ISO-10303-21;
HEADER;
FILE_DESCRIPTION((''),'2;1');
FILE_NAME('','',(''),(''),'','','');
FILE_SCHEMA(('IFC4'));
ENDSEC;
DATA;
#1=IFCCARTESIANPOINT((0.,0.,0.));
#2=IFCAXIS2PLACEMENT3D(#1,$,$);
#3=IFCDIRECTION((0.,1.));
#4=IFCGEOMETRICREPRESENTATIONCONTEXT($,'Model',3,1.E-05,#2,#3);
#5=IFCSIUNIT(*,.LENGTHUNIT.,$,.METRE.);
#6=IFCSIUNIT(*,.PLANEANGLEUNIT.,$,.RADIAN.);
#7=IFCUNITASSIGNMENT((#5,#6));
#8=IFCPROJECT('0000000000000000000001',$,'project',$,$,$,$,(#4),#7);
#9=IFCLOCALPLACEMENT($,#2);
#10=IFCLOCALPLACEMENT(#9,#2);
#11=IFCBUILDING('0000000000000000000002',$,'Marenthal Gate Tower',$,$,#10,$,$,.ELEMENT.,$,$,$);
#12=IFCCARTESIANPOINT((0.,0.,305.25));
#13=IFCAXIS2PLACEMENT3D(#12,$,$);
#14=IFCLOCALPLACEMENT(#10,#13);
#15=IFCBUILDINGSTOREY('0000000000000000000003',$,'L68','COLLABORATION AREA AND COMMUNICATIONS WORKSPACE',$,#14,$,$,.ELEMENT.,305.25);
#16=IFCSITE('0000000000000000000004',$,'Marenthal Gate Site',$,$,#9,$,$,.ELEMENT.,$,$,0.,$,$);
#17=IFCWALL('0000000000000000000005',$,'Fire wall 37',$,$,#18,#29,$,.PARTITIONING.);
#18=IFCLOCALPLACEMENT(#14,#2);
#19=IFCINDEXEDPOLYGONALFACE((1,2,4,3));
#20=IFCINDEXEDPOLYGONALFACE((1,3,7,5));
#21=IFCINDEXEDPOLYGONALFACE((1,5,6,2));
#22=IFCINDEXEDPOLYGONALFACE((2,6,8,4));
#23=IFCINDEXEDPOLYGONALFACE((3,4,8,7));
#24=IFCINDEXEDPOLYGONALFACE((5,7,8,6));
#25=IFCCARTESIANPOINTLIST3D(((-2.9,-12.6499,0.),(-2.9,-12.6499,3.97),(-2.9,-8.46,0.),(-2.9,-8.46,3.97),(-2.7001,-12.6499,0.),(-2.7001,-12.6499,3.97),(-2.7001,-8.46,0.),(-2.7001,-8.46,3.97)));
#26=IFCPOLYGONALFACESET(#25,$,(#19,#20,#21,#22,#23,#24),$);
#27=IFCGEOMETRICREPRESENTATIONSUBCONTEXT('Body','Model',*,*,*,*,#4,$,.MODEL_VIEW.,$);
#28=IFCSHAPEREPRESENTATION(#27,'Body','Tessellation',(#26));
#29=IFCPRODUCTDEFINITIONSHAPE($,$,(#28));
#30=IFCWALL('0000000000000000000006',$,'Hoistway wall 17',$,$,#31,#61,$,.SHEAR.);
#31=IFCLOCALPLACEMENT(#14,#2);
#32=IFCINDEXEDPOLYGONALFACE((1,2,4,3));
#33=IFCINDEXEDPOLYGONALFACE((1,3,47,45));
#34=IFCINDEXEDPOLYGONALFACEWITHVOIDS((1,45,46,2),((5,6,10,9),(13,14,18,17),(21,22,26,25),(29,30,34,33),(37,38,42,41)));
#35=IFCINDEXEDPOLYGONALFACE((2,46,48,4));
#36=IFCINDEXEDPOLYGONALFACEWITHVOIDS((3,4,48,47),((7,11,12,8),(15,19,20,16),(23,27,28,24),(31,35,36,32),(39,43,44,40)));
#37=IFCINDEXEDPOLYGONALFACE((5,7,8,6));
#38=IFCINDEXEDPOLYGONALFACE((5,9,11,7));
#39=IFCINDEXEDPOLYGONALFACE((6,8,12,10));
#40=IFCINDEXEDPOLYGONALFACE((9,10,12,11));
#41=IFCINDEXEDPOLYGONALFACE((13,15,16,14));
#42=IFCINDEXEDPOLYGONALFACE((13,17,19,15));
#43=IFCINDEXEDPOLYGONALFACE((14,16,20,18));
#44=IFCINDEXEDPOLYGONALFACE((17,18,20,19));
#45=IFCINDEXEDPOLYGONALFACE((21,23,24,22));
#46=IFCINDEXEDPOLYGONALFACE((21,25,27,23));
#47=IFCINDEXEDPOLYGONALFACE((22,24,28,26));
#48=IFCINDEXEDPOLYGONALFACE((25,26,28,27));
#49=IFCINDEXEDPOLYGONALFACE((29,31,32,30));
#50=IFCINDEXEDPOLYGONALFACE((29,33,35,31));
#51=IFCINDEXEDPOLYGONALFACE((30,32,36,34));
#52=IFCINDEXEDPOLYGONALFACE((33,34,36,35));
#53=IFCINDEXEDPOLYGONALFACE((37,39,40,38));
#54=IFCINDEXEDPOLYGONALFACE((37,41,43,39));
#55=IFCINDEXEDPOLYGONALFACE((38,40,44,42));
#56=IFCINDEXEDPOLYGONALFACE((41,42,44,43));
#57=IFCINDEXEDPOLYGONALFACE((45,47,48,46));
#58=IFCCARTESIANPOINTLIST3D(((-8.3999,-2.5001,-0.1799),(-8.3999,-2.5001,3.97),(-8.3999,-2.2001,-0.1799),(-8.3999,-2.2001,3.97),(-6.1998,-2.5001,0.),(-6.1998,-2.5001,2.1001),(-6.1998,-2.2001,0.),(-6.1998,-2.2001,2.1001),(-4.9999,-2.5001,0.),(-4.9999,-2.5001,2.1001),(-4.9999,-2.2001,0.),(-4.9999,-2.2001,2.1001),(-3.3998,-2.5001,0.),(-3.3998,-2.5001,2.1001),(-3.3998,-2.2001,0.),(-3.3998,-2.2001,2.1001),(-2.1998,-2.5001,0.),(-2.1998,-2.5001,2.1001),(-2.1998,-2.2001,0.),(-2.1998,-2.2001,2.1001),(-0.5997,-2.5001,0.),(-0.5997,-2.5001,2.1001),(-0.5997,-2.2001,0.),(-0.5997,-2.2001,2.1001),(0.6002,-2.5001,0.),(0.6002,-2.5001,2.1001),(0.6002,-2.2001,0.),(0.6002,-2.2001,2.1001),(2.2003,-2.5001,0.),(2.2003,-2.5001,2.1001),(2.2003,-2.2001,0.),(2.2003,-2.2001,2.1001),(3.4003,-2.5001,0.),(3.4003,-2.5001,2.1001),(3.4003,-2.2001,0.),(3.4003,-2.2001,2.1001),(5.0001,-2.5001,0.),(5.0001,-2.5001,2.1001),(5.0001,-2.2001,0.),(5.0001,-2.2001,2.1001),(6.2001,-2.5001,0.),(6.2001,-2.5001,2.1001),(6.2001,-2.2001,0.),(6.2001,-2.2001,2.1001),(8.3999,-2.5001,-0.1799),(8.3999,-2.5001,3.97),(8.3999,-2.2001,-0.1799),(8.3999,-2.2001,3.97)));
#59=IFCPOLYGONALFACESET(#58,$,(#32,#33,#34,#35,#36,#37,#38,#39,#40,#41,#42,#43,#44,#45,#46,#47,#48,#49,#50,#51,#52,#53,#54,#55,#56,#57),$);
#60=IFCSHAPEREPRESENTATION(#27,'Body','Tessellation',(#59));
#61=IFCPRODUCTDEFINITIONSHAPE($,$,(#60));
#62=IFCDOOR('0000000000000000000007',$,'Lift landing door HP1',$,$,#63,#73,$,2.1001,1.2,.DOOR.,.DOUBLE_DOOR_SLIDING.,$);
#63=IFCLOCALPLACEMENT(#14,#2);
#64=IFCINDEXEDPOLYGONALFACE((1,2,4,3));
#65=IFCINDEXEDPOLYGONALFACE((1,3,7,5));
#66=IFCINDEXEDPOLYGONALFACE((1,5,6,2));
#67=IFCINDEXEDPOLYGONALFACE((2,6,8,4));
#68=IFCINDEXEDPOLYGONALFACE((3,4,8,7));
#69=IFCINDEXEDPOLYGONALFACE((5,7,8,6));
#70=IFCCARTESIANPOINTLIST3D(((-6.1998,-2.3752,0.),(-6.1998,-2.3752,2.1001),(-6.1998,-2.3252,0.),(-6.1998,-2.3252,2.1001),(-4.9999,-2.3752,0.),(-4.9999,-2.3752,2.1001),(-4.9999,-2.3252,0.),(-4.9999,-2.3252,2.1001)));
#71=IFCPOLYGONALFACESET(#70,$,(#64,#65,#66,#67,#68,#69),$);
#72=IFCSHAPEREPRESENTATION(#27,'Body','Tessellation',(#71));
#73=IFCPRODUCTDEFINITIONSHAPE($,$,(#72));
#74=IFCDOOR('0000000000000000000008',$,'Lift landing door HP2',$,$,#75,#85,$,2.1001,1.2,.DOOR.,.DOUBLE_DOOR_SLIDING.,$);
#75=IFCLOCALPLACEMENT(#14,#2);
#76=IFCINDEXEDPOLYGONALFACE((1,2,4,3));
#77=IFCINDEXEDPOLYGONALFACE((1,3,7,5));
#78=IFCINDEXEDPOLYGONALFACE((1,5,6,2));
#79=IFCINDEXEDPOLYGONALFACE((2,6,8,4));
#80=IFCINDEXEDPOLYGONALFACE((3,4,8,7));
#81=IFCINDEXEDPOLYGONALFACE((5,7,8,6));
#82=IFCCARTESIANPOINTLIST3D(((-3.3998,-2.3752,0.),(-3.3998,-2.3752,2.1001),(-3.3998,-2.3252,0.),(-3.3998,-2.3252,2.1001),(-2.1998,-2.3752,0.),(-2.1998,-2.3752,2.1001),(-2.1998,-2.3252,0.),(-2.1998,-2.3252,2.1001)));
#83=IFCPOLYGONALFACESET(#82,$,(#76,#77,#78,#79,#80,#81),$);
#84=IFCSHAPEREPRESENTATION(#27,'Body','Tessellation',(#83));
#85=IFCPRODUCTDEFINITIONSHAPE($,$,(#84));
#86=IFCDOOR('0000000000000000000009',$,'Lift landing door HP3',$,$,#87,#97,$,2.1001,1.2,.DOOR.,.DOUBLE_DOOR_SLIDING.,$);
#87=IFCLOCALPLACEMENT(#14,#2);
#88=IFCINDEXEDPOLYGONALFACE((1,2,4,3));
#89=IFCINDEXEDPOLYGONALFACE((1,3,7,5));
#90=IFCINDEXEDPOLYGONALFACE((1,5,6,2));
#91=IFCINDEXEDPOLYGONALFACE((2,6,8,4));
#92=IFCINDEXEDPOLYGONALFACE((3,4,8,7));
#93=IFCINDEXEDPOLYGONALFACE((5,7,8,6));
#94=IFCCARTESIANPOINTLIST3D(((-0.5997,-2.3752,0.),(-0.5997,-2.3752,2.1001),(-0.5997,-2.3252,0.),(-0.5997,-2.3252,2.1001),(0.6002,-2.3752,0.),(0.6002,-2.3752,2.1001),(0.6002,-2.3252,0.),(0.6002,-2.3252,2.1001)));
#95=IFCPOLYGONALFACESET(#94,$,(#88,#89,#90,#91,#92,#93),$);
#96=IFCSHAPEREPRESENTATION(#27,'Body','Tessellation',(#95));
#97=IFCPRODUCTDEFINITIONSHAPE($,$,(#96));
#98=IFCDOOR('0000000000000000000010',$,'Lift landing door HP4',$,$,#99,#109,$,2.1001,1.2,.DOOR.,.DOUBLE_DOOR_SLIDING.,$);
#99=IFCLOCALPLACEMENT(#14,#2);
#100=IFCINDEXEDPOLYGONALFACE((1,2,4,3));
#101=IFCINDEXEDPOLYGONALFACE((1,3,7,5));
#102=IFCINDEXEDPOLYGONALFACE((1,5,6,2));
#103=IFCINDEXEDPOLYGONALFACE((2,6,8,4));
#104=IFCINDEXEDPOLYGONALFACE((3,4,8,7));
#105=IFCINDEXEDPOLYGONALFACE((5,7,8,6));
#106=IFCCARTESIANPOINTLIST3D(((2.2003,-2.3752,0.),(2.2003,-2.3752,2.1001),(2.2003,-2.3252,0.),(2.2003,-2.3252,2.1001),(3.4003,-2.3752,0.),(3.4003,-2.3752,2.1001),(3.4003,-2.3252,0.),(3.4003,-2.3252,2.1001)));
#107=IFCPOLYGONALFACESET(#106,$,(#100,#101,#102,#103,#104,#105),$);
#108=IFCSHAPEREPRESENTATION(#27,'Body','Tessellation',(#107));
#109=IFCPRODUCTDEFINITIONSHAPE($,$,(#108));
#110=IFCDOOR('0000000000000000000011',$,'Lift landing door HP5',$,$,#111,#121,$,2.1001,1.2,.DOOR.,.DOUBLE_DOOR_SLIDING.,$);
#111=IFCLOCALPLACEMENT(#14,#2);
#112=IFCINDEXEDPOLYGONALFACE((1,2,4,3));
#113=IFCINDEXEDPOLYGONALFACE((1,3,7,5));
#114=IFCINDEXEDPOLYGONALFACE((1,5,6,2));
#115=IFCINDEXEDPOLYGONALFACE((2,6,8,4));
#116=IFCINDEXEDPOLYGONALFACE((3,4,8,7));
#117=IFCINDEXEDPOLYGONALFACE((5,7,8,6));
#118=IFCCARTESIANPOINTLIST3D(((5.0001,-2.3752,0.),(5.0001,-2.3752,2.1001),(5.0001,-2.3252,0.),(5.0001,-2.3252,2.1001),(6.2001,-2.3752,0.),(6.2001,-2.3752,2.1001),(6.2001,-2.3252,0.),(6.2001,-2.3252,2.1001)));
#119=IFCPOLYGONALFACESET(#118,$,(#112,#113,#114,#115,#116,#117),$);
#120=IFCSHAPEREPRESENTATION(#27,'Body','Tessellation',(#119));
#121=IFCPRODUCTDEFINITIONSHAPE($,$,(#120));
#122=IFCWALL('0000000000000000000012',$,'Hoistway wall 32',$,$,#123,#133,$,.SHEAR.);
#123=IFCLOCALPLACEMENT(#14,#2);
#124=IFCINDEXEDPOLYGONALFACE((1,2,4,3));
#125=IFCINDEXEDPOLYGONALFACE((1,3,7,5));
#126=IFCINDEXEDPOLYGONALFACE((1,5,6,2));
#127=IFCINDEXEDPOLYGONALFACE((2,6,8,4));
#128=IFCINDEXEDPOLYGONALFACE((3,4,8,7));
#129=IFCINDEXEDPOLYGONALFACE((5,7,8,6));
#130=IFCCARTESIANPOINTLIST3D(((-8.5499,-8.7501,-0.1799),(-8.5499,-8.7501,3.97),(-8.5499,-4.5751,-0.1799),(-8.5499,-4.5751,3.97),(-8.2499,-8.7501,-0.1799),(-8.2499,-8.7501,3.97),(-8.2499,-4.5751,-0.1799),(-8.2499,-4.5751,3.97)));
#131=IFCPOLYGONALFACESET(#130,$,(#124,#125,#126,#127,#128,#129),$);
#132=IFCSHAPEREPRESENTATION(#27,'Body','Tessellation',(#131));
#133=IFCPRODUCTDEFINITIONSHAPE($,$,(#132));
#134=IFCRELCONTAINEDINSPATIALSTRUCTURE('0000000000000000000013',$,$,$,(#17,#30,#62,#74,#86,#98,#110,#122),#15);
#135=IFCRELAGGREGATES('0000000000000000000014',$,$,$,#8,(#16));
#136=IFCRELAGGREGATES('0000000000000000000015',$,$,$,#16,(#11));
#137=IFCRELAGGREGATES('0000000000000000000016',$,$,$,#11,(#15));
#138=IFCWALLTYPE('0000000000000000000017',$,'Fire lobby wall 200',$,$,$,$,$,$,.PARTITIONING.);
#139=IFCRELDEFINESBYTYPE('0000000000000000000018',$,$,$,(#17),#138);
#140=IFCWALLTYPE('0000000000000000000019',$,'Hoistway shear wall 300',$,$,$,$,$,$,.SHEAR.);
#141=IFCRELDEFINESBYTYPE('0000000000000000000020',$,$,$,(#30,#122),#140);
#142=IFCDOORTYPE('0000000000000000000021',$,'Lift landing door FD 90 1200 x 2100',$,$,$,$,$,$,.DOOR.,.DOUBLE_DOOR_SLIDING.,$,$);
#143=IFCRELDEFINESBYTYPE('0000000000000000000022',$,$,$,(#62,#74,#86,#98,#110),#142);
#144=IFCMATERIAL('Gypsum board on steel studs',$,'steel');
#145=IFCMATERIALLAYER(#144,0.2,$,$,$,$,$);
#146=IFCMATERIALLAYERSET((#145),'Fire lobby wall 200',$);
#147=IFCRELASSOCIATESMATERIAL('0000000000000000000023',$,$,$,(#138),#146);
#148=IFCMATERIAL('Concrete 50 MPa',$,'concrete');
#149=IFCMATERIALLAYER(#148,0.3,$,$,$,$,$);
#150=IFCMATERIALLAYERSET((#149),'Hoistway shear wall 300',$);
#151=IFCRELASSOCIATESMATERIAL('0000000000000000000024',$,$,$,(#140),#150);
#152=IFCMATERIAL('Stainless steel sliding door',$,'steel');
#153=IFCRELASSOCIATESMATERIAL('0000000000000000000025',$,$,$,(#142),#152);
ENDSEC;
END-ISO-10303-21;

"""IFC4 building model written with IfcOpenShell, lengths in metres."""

from ifc_helpers import new_model, si_unit, direction, frame, frame_2d, origin, place, context, subcontext, project, spatial, rectangle, extrude, material, layer, layer_set, type_object, element, fill, save


model = new_model("IFC4")

# Units and contexts
model_context = context("Model", 3, precision=1e-05, world=origin(), true_north=direction((0.0, 1.0)))
body_context = subcontext(model_context, "Body", "Model", "MODEL_VIEW")
ifc_project = project(units=[si_unit("LENGTHUNIT", "METRE"), si_unit("PLANEANGLEUNIT", "RADIAN")], contexts=[model_context])

# Site, building, storey
site_placement = place(None, origin())
site = spatial("IfcSite", under=ifc_project, at=site_placement, Name="Marenthal Gate Site", CompositionType="ELEMENT", RefElevation=0.0)
building_placement = place(site_placement, origin())
building = spatial("IfcBuilding", under=site, at=building_placement, Name="Marenthal Gate Tower", CompositionType="ELEMENT")
storey_placement = place(building_placement, frame((0.0, 0.0, 305.25)))
storey = spatial("IfcBuildingStorey", under=building, at=storey_placement, Name="L68", Description="COLLABORATION AREA AND COMMUNICATIONS WORKSPACE", CompositionType="ELEMENT", Elevation=305.25)

# Wall
ifc_material_1 = material(Name="Gypsum board on steel studs", Category="steel")
ifc_layer_1 = layer(ifc_material_1, 0.2)
ifc_layer_set_1 = layer_set([ifc_layer_1], Name="Fire lobby wall 200")
wall_type_1 = type_object("IfcWallType", Name="Fire lobby wall 200", PredefinedType="PARTITIONING", material=ifc_layer_set_1)
wall_1_placement = place(storey_placement, frame((-2.8, -12.6499, 0.0), z_axis=(0.0, 0.0, 1.0), x_axis=(0.0, 1.0, 0.0)))
element("IfcWall", 1, at=wall_1_placement, inside=storey, type_object=wall_type_1, Name="Fire wall 37", PredefinedType="PARTITIONING", context=body_context, shape_type="SweptSolid", body=[
    extrude(rectangle(XDim=4.1899, YDim=0.2, at=frame_2d((2.095, 0.0))), origin(), (0.0, 0.0, 1.0), 3.97),
])

# Wall, openings, doors
ifc_material_2 = material(Name="Concrete 50 MPa", Category="concrete")
ifc_layer_2 = layer(ifc_material_2, 0.3)
ifc_layer_set_2 = layer_set([ifc_layer_2], Name="Hoistway shear wall 300")
wall_type_2 = type_object("IfcWallType", Name="Hoistway shear wall 300", PredefinedType="SHEAR", material=ifc_layer_set_2)
wall_2_placement = place(storey_placement, frame((-8.3999, -2.3501, -0.1799), z_axis=(0.0, 0.0, 1.0), x_axis=(1.0, 0.0, 0.0)))
wall_2 = element("IfcWall", 2, at=wall_2_placement, inside=storey, type_object=wall_type_2, Name="Hoistway wall 17", PredefinedType="SHEAR", context=body_context, shape_type="SweptSolid", body=[
    extrude(rectangle(XDim=16.7998, YDim=0.3, at=frame_2d((8.3999, 0.0))), origin(), (0.0, 0.0, 1.0), 4.1499),
])
opening_1_placement = place(wall_2_placement, frame((2.2, 0.0, 0.1799)))
opening_1 = element("IfcOpeningElement", 3, at=opening_1_placement, cuts=wall_2, PredefinedType="OPENING", context=body_context, shape_type="SweptSolid", body=[
    extrude(rectangle(XDim=1.2, YDim=2.1001, at=frame_2d((0.6001, 1.05))), frame((0.0, 0.1602, 0.0), z_axis=(0.0, -1.0, 0.0), x_axis=(1.0, 0.0, 0.0)), (0.0, 0.0, 1.0), 0.3201),
])
opening_2_placement = place(wall_2_placement, frame((5.0, 0.0, 0.1799)))
opening_2 = element("IfcOpeningElement", 4, at=opening_2_placement, cuts=wall_2, PredefinedType="OPENING", context=body_context, shape_type="SweptSolid", body=[
    extrude(rectangle(XDim=1.2, YDim=2.1001, at=frame_2d((0.6001, 1.05))), frame((0.0, 0.1602, 0.0), z_axis=(0.0, -1.0, 0.0), x_axis=(1.0, 0.0, 0.0)), (0.0, 0.0, 1.0), 0.3201),
])
opening_3_placement = place(wall_2_placement, frame((7.8, 0.0, 0.1799)))
opening_3 = element("IfcOpeningElement", 5, at=opening_3_placement, cuts=wall_2, PredefinedType="OPENING", context=body_context, shape_type="SweptSolid", body=[
    extrude(rectangle(XDim=1.2, YDim=2.1001, at=frame_2d((0.6001, 1.05))), frame((0.0, 0.1602, 0.0), z_axis=(0.0, -1.0, 0.0), x_axis=(1.0, 0.0, 0.0)), (0.0, 0.0, 1.0), 0.3201),
])
opening_4_placement = place(wall_2_placement, frame((10.6001, 0.0, 0.1799)))
opening_4 = element("IfcOpeningElement", 6, at=opening_4_placement, cuts=wall_2, PredefinedType="OPENING", context=body_context, shape_type="SweptSolid", body=[
    extrude(rectangle(XDim=1.2, YDim=2.1001, at=frame_2d((0.6001, 1.05))), frame((0.0, 0.1602, 0.0), z_axis=(0.0, -1.0, 0.0), x_axis=(1.0, 0.0, 0.0)), (0.0, 0.0, 1.0), 0.3201),
])
opening_5_placement = place(wall_2_placement, frame((13.3999, 0.0, 0.1799)))
opening_5 = element("IfcOpeningElement", 7, at=opening_5_placement, cuts=wall_2, PredefinedType="OPENING", context=body_context, shape_type="SweptSolid", body=[
    extrude(rectangle(XDim=1.2, YDim=2.1001, at=frame_2d((0.6001, 1.05))), frame((0.0, 0.1602, 0.0), z_axis=(0.0, -1.0, 0.0), x_axis=(1.0, 0.0, 0.0)), (0.0, 0.0, 1.0), 0.3201),
])
ifc_material_3 = material(Name="Stainless steel sliding door", Category="steel")
door_type_1 = type_object("IfcDoorType", Name="Lift landing door FD 90 1200 x 2100", OperationType="DOUBLE_DOOR_SLIDING", PredefinedType="DOOR", material=ifc_material_3)
door_1_placement = place(opening_1_placement, origin())
door_1 = element("IfcDoor", 8, at=door_1_placement, inside=storey, type_object=door_type_1, Name="Lift landing door HP1", OperationType="DOUBLE_DOOR_SLIDING", OverallHeight=2.1001, OverallWidth=1.2, PredefinedType="DOOR", context=body_context, shape_type="SweptSolid", body=[
    extrude(rectangle(XDim=1.2, YDim=2.1001, at=frame_2d((0.6001, 1.05))), frame((0.0, 0.0249, 0.0), z_axis=(0.0, -1.0, 0.0), x_axis=(1.0, 0.0, 0.0)), (0.0, 0.0, 1.0), 0.05),
])
fill(opening_1, door_1)
door_2_placement = place(opening_2_placement, origin())
door_2 = element("IfcDoor", 9, at=door_2_placement, inside=storey, type_object=door_type_1, Name="Lift landing door HP2", OperationType="DOUBLE_DOOR_SLIDING", OverallHeight=2.1001, OverallWidth=1.2, PredefinedType="DOOR", context=body_context, shape_type="SweptSolid", body=[
    extrude(rectangle(XDim=1.2, YDim=2.1001, at=frame_2d((0.6001, 1.05))), frame((0.0, 0.0249, 0.0), z_axis=(0.0, -1.0, 0.0), x_axis=(1.0, 0.0, 0.0)), (0.0, 0.0, 1.0), 0.05),
])
fill(opening_2, door_2)
door_3_placement = place(opening_3_placement, origin())
door_3 = element("IfcDoor", 10, at=door_3_placement, inside=storey, type_object=door_type_1, Name="Lift landing door HP3", OperationType="DOUBLE_DOOR_SLIDING", OverallHeight=2.1001, OverallWidth=1.2, PredefinedType="DOOR", context=body_context, shape_type="SweptSolid", body=[
    extrude(rectangle(XDim=1.2, YDim=2.1001, at=frame_2d((0.6001, 1.05))), frame((0.0, 0.0249, 0.0), z_axis=(0.0, -1.0, 0.0), x_axis=(1.0, 0.0, 0.0)), (0.0, 0.0, 1.0), 0.05),
])
fill(opening_3, door_3)
door_4_placement = place(opening_4_placement, origin())
door_4 = element("IfcDoor", 11, at=door_4_placement, inside=storey, type_object=door_type_1, Name="Lift landing door HP4", OperationType="DOUBLE_DOOR_SLIDING", OverallHeight=2.1001, OverallWidth=1.2, PredefinedType="DOOR", context=body_context, shape_type="SweptSolid", body=[
    extrude(rectangle(XDim=1.2, YDim=2.1001, at=frame_2d((0.6001, 1.05))), frame((0.0, 0.0249, 0.0), z_axis=(0.0, -1.0, 0.0), x_axis=(1.0, 0.0, 0.0)), (0.0, 0.0, 1.0), 0.05),
])
fill(opening_4, door_4)
door_5_placement = place(opening_5_placement, origin())
door_5 = element("IfcDoor", 12, at=door_5_placement, inside=storey, type_object=door_type_1, Name="Lift landing door HP5", OperationType="DOUBLE_DOOR_SLIDING", OverallHeight=2.1001, OverallWidth=1.2, PredefinedType="DOOR", context=body_context, shape_type="SweptSolid", body=[
    extrude(rectangle(XDim=1.2, YDim=2.1001, at=frame_2d((0.6001, 1.05))), frame((0.0, 0.0249, 0.0), z_axis=(0.0, -1.0, 0.0), x_axis=(1.0, 0.0, 0.0)), (0.0, 0.0, 1.0), 0.05),
])
fill(opening_5, door_5)

# Wall
wall_3_placement = place(storey_placement, frame((-8.3999, -8.75, -0.1799), z_axis=(0.0, 0.0, 1.0), x_axis=(0.0, 1.0, 0.0)))
element("IfcWall", 13, at=wall_3_placement, inside=storey, type_object=wall_type_2, Name="Hoistway wall 32", PredefinedType="SHEAR", context=body_context, shape_type="SweptSolid", body=[
    extrude(rectangle(XDim=4.175, YDim=0.3, at=frame_2d((2.0874, 0.0))), origin(), (0.0, 0.0, 1.0), 4.1499),
])

save(model, "model.ifc")
